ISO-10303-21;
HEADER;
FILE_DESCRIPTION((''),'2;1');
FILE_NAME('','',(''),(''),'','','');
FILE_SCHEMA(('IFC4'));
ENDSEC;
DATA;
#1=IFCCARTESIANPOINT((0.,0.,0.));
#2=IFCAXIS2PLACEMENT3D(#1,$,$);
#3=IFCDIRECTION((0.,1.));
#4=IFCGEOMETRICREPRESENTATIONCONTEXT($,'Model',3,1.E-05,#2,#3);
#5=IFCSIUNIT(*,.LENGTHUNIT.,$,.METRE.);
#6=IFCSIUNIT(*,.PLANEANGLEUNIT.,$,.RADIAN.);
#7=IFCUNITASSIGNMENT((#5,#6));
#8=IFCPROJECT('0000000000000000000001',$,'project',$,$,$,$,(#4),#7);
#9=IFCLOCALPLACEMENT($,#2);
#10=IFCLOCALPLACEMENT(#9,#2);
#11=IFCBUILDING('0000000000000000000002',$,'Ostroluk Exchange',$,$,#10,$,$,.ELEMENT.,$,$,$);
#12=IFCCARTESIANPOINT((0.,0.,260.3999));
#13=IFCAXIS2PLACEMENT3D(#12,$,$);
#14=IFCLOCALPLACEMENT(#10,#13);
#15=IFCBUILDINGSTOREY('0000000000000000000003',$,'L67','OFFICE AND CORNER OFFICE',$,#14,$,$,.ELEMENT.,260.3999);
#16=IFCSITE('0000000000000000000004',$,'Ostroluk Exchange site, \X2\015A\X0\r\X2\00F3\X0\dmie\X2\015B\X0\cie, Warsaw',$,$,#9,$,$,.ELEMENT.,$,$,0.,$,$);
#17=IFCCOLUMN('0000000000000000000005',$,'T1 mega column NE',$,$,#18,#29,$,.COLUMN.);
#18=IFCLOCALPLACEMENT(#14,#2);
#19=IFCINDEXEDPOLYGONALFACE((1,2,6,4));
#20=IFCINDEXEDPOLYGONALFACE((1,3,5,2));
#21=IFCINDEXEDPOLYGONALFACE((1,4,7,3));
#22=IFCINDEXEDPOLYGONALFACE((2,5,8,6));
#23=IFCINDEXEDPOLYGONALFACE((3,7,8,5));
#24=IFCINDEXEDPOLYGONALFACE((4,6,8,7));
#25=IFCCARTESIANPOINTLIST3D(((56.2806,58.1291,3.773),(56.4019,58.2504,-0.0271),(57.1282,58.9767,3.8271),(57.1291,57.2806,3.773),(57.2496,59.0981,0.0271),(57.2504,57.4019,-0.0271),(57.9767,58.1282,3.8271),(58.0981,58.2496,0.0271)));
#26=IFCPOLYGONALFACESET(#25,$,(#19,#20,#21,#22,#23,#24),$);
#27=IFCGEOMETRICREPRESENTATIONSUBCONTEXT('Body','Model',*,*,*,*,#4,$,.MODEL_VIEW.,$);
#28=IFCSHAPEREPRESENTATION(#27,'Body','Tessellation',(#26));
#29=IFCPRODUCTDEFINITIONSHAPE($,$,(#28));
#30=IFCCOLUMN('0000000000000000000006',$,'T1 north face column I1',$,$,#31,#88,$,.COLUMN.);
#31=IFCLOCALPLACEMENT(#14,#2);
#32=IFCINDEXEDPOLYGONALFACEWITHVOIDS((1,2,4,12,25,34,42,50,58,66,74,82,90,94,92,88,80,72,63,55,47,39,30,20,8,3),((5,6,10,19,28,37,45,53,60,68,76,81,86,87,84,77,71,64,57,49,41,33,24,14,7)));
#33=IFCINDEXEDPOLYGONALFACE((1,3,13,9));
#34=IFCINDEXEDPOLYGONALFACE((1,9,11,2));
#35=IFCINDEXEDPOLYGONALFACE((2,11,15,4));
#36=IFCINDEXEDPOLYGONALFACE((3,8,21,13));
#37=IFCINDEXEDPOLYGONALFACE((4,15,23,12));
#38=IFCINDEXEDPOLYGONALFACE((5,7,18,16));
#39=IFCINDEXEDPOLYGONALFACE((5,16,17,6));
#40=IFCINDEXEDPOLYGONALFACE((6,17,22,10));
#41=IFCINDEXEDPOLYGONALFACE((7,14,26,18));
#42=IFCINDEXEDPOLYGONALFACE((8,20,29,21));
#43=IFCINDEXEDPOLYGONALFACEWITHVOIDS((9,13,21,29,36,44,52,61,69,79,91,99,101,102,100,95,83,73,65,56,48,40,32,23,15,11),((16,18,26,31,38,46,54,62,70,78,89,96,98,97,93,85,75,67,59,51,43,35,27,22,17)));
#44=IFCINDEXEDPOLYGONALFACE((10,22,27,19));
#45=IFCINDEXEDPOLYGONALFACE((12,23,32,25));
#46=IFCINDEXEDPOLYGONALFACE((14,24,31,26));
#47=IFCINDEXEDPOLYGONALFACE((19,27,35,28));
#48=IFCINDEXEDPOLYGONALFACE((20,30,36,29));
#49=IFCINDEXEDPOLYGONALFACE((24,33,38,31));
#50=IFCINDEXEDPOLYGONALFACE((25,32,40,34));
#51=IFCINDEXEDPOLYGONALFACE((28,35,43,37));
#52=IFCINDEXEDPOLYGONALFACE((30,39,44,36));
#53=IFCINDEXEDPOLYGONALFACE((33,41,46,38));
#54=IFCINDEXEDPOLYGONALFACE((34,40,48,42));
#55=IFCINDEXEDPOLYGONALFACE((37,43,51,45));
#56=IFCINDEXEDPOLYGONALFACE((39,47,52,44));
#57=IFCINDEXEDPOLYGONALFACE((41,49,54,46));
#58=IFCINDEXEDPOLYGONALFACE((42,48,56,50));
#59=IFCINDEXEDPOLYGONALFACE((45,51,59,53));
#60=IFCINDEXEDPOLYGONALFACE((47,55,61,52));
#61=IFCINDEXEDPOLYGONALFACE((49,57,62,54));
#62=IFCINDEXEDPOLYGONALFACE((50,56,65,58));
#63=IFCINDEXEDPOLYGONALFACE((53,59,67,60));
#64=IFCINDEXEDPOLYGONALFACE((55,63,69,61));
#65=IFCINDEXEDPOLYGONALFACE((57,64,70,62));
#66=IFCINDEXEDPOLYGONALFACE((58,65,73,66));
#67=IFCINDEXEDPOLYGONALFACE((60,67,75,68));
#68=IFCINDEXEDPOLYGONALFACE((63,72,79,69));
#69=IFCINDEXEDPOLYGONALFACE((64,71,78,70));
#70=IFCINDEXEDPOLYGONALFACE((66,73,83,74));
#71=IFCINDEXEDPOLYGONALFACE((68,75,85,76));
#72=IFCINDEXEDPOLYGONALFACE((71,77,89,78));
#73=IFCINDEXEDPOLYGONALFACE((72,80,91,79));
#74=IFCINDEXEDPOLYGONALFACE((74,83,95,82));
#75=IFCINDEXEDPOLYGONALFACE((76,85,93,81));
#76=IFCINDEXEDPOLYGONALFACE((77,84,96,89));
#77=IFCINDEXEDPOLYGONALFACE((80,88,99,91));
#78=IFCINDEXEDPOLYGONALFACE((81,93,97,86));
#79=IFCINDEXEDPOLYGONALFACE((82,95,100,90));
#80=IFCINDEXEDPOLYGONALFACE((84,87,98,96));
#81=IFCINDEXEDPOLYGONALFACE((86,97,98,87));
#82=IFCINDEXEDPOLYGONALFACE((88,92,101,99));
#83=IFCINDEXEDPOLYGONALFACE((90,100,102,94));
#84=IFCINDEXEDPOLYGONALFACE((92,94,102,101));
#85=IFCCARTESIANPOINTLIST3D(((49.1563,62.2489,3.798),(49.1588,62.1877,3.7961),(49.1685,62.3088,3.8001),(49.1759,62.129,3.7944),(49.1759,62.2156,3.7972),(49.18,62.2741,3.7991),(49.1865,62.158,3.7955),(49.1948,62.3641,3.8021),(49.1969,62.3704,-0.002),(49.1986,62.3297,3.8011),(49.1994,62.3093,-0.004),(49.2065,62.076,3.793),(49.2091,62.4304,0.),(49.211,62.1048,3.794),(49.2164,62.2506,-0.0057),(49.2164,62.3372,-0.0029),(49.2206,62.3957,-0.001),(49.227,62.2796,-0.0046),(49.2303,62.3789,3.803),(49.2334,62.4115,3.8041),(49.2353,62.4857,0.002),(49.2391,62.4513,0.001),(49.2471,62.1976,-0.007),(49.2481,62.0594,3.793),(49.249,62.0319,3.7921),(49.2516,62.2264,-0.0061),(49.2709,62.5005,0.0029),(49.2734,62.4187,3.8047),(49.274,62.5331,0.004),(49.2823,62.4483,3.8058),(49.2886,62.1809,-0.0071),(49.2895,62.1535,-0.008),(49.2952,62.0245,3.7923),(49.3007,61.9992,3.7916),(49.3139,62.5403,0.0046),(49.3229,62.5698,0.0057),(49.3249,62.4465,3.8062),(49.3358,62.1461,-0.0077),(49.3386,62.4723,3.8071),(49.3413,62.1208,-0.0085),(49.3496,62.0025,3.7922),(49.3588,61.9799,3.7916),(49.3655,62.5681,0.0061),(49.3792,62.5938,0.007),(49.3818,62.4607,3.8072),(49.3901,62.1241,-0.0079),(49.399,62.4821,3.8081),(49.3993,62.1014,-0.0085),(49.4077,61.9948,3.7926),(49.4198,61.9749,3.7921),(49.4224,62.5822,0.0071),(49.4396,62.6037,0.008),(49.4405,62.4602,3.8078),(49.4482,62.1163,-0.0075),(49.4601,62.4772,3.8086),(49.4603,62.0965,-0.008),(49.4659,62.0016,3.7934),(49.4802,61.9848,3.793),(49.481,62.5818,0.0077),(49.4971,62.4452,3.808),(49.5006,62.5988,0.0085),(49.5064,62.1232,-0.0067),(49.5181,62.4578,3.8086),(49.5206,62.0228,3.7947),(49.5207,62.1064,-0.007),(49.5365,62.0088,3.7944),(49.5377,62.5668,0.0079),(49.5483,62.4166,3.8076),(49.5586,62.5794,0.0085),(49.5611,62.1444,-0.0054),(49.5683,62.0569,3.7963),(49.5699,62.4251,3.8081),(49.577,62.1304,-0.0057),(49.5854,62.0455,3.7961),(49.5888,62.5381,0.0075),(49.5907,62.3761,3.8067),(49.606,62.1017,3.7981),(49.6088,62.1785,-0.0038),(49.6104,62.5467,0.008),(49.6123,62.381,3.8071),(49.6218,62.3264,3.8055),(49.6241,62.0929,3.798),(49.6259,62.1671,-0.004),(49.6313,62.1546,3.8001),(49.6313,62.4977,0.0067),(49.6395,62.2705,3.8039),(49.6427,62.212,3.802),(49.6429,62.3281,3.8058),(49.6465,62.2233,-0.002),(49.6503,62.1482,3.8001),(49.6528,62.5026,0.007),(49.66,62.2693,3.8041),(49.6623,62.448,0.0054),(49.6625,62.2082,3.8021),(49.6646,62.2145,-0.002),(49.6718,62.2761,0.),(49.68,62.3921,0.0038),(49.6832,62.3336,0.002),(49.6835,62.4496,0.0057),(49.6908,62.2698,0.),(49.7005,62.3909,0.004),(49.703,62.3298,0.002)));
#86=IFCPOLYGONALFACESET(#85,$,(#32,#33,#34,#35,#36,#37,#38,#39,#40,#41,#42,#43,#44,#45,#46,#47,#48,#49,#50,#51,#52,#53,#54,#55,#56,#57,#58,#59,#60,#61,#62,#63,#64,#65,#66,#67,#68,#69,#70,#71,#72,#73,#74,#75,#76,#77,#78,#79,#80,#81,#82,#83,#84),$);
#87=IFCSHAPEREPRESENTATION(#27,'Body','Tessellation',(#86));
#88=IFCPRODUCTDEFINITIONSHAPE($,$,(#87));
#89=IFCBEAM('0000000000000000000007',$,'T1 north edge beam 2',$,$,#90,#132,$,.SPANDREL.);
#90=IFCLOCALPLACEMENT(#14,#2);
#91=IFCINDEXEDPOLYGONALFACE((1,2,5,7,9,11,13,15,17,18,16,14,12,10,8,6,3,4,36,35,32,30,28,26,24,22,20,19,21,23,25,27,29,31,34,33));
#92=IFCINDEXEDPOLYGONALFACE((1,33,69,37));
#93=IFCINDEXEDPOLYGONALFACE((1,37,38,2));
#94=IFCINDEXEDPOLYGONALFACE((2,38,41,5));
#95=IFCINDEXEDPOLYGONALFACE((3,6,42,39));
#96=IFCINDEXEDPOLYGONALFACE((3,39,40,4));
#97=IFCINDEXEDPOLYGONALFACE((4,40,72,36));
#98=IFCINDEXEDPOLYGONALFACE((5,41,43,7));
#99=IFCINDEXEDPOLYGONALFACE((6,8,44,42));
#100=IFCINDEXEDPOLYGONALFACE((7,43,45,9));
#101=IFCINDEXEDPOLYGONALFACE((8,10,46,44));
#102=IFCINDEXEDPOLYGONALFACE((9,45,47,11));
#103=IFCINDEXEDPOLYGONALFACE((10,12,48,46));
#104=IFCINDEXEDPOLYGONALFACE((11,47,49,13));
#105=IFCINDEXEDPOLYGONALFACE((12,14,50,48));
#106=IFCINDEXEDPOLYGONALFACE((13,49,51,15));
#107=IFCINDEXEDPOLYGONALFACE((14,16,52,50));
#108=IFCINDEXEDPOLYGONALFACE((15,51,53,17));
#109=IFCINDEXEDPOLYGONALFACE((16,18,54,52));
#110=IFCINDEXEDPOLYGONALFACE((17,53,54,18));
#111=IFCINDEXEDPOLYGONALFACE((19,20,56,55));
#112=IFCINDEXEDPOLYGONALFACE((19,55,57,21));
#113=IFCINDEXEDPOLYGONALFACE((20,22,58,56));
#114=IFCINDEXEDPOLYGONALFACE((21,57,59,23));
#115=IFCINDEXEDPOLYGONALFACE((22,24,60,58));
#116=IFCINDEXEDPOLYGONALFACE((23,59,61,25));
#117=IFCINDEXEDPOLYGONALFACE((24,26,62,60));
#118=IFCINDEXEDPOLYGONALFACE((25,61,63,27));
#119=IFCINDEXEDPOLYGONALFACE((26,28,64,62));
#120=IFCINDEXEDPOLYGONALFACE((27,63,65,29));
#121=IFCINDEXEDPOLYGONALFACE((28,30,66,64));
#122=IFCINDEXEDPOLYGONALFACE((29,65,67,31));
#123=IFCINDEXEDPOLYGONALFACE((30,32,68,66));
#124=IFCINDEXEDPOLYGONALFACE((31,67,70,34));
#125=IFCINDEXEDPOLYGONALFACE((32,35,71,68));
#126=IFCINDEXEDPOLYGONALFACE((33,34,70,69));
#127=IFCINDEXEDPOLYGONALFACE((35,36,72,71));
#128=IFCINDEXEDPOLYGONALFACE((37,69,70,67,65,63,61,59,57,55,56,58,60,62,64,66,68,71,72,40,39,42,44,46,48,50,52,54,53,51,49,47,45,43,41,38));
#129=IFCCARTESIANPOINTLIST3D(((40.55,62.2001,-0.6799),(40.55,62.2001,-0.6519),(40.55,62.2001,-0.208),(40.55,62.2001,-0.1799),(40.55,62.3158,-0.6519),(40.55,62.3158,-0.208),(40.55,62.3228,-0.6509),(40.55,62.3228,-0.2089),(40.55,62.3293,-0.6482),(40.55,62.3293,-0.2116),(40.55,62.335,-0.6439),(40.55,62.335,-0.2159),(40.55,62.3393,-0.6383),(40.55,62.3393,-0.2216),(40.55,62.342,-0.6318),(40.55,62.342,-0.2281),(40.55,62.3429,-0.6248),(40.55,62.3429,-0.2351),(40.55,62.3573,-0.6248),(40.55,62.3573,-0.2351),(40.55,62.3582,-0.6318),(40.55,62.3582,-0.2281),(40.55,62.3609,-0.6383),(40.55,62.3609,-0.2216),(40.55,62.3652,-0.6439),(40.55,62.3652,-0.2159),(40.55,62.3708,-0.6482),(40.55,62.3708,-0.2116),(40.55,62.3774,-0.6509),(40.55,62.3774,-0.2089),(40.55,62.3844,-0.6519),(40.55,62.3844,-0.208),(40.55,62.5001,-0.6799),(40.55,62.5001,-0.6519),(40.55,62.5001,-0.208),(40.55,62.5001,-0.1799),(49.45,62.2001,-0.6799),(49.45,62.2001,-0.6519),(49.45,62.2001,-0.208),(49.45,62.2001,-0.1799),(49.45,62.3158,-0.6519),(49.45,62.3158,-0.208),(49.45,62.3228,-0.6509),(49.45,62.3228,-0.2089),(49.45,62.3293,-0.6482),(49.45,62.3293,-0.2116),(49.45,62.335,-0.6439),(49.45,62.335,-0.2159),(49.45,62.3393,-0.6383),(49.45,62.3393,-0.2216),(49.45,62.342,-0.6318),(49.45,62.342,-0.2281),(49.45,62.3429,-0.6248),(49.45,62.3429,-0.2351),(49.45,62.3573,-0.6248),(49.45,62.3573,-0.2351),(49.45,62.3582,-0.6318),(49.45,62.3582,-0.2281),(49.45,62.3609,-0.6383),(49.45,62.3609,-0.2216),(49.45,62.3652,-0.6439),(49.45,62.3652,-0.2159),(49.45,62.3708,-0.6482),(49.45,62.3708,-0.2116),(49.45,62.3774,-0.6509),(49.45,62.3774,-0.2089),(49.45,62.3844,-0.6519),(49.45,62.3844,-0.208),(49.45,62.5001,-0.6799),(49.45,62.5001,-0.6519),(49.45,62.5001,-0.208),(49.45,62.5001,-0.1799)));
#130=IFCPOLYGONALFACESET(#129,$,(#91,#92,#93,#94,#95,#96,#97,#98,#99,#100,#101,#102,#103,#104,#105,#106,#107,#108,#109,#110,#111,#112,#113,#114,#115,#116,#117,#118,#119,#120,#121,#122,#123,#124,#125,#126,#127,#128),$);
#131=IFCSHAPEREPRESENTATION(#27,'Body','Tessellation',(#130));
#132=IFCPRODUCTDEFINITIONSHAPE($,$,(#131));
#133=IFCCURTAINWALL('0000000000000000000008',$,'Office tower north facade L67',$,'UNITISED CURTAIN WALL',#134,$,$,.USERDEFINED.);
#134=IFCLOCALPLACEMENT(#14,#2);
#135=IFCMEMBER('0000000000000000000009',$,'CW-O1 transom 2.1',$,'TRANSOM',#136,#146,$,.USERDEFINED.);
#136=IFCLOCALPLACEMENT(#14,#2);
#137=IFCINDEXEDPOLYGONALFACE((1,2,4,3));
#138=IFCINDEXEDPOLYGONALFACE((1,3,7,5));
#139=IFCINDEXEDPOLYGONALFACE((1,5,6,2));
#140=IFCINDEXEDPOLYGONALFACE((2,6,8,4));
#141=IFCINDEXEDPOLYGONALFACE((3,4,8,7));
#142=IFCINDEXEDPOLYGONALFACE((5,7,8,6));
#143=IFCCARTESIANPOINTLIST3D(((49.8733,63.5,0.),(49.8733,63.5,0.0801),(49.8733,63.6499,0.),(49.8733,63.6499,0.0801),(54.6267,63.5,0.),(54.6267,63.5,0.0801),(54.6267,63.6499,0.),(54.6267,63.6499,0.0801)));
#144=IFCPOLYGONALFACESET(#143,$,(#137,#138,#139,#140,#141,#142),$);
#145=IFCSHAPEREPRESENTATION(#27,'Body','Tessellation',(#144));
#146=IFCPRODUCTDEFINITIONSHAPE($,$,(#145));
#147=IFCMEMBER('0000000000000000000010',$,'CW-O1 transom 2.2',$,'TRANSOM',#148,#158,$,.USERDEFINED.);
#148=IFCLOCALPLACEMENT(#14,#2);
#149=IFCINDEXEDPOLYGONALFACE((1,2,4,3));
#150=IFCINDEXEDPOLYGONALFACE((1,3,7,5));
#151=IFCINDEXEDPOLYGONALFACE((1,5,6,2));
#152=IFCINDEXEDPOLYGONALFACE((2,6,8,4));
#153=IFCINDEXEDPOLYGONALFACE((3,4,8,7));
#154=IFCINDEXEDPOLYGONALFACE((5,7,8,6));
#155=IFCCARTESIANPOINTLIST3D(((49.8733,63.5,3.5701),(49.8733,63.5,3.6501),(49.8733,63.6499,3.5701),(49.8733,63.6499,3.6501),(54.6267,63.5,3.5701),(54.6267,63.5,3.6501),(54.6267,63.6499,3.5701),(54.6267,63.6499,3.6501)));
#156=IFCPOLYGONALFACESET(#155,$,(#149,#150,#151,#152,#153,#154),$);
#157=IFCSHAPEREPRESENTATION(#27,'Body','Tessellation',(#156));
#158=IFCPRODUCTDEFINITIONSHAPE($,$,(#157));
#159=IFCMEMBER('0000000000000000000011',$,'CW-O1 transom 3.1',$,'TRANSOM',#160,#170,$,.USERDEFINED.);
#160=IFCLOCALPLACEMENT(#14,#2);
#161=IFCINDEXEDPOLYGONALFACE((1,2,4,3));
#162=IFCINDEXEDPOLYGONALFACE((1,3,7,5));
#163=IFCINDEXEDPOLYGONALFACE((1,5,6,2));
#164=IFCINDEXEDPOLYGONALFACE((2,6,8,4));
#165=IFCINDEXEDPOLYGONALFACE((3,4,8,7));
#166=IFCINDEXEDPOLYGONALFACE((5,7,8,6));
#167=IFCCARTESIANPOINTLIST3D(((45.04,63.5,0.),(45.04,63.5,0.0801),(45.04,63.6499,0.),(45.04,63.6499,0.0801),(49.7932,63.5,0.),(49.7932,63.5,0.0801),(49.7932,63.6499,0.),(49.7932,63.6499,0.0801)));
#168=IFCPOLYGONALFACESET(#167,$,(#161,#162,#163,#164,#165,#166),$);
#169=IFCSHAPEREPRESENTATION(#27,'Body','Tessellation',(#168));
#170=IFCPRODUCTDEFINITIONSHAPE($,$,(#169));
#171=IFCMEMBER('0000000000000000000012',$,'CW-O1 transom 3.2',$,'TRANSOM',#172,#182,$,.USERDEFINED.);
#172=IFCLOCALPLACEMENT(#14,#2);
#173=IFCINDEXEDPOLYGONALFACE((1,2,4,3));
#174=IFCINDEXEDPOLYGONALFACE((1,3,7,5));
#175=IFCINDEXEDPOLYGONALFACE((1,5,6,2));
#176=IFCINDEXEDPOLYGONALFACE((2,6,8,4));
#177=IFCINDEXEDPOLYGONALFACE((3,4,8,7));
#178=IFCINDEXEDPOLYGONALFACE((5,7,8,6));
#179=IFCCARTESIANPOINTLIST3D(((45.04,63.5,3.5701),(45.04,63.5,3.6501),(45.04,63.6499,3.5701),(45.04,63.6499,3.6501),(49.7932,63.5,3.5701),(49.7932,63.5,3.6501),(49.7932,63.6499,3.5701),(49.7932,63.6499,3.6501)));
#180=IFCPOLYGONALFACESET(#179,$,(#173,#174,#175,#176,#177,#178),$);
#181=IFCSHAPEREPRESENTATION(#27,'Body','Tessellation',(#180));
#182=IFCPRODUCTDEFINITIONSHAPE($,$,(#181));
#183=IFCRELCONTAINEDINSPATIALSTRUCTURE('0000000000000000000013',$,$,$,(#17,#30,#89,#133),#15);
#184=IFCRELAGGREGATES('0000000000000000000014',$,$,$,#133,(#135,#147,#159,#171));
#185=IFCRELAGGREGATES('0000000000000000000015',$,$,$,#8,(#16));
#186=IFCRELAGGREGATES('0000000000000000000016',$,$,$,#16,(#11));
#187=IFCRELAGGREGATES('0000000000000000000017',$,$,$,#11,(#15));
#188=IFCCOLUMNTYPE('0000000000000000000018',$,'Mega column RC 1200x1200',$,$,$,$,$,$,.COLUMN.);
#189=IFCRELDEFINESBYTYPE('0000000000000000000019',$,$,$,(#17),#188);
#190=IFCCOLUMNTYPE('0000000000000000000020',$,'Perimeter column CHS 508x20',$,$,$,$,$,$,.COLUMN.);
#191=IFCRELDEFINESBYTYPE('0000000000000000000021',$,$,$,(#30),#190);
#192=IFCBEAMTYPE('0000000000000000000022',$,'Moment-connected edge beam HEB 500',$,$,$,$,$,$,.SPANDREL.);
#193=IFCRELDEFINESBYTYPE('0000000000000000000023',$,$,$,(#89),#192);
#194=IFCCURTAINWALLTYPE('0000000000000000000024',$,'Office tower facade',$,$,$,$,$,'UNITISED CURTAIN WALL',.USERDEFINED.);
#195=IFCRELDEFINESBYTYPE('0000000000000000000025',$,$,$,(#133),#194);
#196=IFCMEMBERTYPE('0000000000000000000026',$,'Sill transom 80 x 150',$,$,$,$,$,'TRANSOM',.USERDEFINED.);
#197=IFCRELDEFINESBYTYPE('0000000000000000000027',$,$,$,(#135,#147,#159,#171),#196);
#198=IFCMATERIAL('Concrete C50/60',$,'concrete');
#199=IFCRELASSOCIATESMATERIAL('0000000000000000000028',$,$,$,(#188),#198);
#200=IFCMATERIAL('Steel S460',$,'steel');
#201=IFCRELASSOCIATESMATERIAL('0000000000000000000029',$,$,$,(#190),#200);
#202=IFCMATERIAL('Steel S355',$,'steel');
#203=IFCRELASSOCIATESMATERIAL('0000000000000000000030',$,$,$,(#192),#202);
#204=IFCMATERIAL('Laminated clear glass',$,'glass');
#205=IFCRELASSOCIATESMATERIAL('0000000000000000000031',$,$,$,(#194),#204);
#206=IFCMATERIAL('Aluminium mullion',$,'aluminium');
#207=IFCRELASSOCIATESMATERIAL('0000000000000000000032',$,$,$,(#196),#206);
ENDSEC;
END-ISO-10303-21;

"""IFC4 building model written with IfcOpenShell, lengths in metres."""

from ifc_helpers import new_model, si_unit, direction, frame, origin, origin_2d, place, context, subcontext, project, spatial, rectangle, hollow_circle, i_section, extrude, material, material_profile, profile_set, type_object, element, aggregate, save


model = new_model("IFC4")

# Units and contexts
model_context = context("Model", 3, precision=1e-05, world=origin(), true_north=direction((0.0, 1.0)))
body_context = subcontext(model_context, "Body", "Model", "MODEL_VIEW")
ifc_project = project(units=[si_unit("LENGTHUNIT", "METRE"), si_unit("PLANEANGLEUNIT", "RADIAN")], contexts=[model_context])

# Site, building, storey
site_placement = place(None, origin())
site = spatial("IfcSite", under=ifc_project, at=site_placement, Name="Ostroluk Exchange site, Śródmieście, Warsaw", CompositionType="ELEMENT", RefElevation=0.0)
building_placement = place(site_placement, origin())
building = spatial("IfcBuilding", under=site, at=building_placement, Name="Ostroluk Exchange", CompositionType="ELEMENT")
storey_placement = place(building_placement, frame((0.0, 0.0, 260.3999)))
storey = spatial("IfcBuildingStorey", under=building, at=storey_placement, Name="L67", Description="OFFICE AND CORNER OFFICE", CompositionType="ELEMENT", Elevation=260.3999)

# Columns
ifc_material_1 = material(Name="Concrete C50/60", Category="concrete")
ifc_material_profile_1 = material_profile(ifc_material_1, rectangle(XDim=1.2, YDim=1.2, at=origin_2d()), Name="RC 1200x1200")
ifc_profile_set_1 = profile_set([ifc_material_profile_1], Name="Concrete C50/60")
column_type_1 = type_object("IfcColumnType", Name="Mega column RC 1200x1200", PredefinedType="COLUMN", material=ifc_profile_set_1)
column_1_placement = place(storey_placement, frame((57.25, 58.25, 0.0), z_axis=(-0.031898, -0.031898, 0.998982), x_axis=(0.707107, -0.707107, 0.0)))
element("IfcColumn", 1, at=column_1_placement, inside=storey, type_object=column_type_1, Name="T1 mega column NE", PredefinedType="COLUMN", context=body_context, shape_type="SweptSolid", body=[
    extrude(rectangle(XDim=1.2, YDim=1.2, at=origin_2d()), origin(), (0.0, 0.0, 1.0), 3.804),
])
ifc_material_2 = material(Name="Steel S460", Category="steel")
ifc_material_profile_2 = material_profile(ifc_material_2, hollow_circle(Radius=0.2539, WallThickness=0.02, at=origin_2d()), Name="CHS 508x20")
ifc_profile_set_2 = profile_set([ifc_material_profile_2], Name="Steel S460")
column_type_2 = type_object("IfcColumnType", Name="Perimeter column CHS 508x20", PredefinedType="COLUMN", material=ifc_profile_set_2)
column_2_placement = place(storey_placement, frame((49.45, 62.3501, 0.0), z_axis=(-0.010659, -0.031977, 0.999432), x_axis=(0.948683, -0.316228, 0.0)))
element("IfcColumn", 2, at=column_2_placement, inside=storey, type_object=column_type_2, Name="T1 north face column I1", PredefinedType="COLUMN", context=body_context, shape_type="SweptSolid", body=[
    extrude(hollow_circle(Radius=0.2539, WallThickness=0.02, at=origin_2d()), origin(), (0.0, 0.0, 1.0), 3.8022),
])

# Beam
ifc_material_3 = material(Name="Steel S355", Category="steel")
ifc_material_profile_3 = material_profile(ifc_material_3, i_section(OverallWidth=0.3, OverallDepth=0.5, WebThickness=0.0144, FlangeThickness=0.0281, FilletRadius=0.0271, at=origin_2d()), Name="HEB 500")
ifc_profile_set_3 = profile_set([ifc_material_profile_3], Name="Steel S355")
beam_type = type_object("IfcBeamType", Name="Moment-connected edge beam HEB 500", PredefinedType="SPANDREL", material=ifc_profile_set_3)
beam_placement = place(storey_placement, frame((49.45, 62.3501, -0.4299), z_axis=(-1.0, 0.0, 0.0), x_axis=(0.0, -1.0, 0.0)))
element("IfcBeam", 3, at=beam_placement, inside=storey, type_object=beam_type, Name="T1 north edge beam 2", PredefinedType="SPANDREL", context=body_context, shape_type="SweptSolid", body=[
    extrude(i_section(OverallWidth=0.3, OverallDepth=0.5, WebThickness=0.0144, FlangeThickness=0.0281, FilletRadius=0.0271, at=origin_2d()), origin(), (0.0, 0.0, 1.0), 8.8999),
])

# Curtain wall, members
ifc_material_4 = material(Name="Laminated clear glass", Category="glass")
curtain_wall_type = type_object("IfcCurtainWallType", Name="Office tower facade", ElementType="UNITISED CURTAIN WALL", PredefinedType="USERDEFINED", material=ifc_material_4)
curtain_wall_placement = place(storey_placement, origin())
curtain_wall = element("IfcCurtainWall", 4, at=curtain_wall_placement, inside=storey, type_object=curtain_wall_type, Name="Office tower north facade L67", ObjectType="UNITISED CURTAIN WALL", PredefinedType="USERDEFINED")
ifc_material_5 = material(Name="Aluminium mullion", Category="aluminium")
ifc_material_profile_4 = material_profile(ifc_material_5, rectangle(XDim=0.1499, YDim=0.0801, at=origin_2d()), Name="Sill transom 80 x 150")
ifc_profile_set_4 = profile_set([ifc_material_profile_4], Name="Aluminium mullion")
member_type_1 = type_object("IfcMemberType", Name="Sill transom 80 x 150", ElementType="TRANSOM", PredefinedType="USERDEFINED", material=ifc_profile_set_4)
member_1_placement = place(storey_placement, frame((54.6267, 63.575, 0.04), z_axis=(-1.0, 0.0, 0.0), x_axis=(0.0, -1.0, 0.0)))
member_1 = element("IfcMember", 5, at=member_1_placement, type_object=member_type_1, Name="CW-O1 transom 2.1", ObjectType="TRANSOM", PredefinedType="USERDEFINED", context=body_context, shape_type="SweptSolid", body=[
    extrude(rectangle(XDim=0.1499, YDim=0.0801, at=origin_2d()), origin(), (0.0, 0.0, 1.0), 4.7534),
])
member_2_placement = place(storey_placement, frame((54.6267, 63.575, 3.6101), z_axis=(-1.0, 0.0, 0.0), x_axis=(0.0, -1.0, 0.0)))
member_2 = element("IfcMember", 6, at=member_2_placement, type_object=member_type_1, Name="CW-O1 transom 2.2", ObjectType="TRANSOM", PredefinedType="USERDEFINED", context=body_context, shape_type="SweptSolid", body=[
    extrude(rectangle(XDim=0.1499, YDim=0.0801, at=origin_2d()), origin(), (0.0, 0.0, 1.0), 4.7534),
])
member_3_placement = place(storey_placement, frame((49.7932, 63.575, 0.04), z_axis=(-1.0, 0.0, 0.0), x_axis=(0.0, -1.0, 0.0)))
member_3 = element("IfcMember", 7, at=member_3_placement, type_object=member_type_1, Name="CW-O1 transom 3.1", ObjectType="TRANSOM", PredefinedType="USERDEFINED", context=body_context, shape_type="SweptSolid", body=[
    extrude(rectangle(XDim=0.1499, YDim=0.0801, at=origin_2d()), origin(), (0.0, 0.0, 1.0), 4.7532),
])
member_4_placement = place(storey_placement, frame((49.7932, 63.575, 3.6101), z_axis=(-1.0, 0.0, 0.0), x_axis=(0.0, -1.0, 0.0)))
member_4 = element("IfcMember", 8, at=member_4_placement, type_object=member_type_1, Name="CW-O1 transom 3.2", ObjectType="TRANSOM", PredefinedType="USERDEFINED", context=body_context, shape_type="SweptSolid", body=[
    extrude(rectangle(XDim=0.1499, YDim=0.0801, at=origin_2d()), origin(), (0.0, 0.0, 1.0), 4.7532),
])
aggregate(curtain_wall, [member_1, member_2, member_3, member_4])

save(model, "model.ifc")
